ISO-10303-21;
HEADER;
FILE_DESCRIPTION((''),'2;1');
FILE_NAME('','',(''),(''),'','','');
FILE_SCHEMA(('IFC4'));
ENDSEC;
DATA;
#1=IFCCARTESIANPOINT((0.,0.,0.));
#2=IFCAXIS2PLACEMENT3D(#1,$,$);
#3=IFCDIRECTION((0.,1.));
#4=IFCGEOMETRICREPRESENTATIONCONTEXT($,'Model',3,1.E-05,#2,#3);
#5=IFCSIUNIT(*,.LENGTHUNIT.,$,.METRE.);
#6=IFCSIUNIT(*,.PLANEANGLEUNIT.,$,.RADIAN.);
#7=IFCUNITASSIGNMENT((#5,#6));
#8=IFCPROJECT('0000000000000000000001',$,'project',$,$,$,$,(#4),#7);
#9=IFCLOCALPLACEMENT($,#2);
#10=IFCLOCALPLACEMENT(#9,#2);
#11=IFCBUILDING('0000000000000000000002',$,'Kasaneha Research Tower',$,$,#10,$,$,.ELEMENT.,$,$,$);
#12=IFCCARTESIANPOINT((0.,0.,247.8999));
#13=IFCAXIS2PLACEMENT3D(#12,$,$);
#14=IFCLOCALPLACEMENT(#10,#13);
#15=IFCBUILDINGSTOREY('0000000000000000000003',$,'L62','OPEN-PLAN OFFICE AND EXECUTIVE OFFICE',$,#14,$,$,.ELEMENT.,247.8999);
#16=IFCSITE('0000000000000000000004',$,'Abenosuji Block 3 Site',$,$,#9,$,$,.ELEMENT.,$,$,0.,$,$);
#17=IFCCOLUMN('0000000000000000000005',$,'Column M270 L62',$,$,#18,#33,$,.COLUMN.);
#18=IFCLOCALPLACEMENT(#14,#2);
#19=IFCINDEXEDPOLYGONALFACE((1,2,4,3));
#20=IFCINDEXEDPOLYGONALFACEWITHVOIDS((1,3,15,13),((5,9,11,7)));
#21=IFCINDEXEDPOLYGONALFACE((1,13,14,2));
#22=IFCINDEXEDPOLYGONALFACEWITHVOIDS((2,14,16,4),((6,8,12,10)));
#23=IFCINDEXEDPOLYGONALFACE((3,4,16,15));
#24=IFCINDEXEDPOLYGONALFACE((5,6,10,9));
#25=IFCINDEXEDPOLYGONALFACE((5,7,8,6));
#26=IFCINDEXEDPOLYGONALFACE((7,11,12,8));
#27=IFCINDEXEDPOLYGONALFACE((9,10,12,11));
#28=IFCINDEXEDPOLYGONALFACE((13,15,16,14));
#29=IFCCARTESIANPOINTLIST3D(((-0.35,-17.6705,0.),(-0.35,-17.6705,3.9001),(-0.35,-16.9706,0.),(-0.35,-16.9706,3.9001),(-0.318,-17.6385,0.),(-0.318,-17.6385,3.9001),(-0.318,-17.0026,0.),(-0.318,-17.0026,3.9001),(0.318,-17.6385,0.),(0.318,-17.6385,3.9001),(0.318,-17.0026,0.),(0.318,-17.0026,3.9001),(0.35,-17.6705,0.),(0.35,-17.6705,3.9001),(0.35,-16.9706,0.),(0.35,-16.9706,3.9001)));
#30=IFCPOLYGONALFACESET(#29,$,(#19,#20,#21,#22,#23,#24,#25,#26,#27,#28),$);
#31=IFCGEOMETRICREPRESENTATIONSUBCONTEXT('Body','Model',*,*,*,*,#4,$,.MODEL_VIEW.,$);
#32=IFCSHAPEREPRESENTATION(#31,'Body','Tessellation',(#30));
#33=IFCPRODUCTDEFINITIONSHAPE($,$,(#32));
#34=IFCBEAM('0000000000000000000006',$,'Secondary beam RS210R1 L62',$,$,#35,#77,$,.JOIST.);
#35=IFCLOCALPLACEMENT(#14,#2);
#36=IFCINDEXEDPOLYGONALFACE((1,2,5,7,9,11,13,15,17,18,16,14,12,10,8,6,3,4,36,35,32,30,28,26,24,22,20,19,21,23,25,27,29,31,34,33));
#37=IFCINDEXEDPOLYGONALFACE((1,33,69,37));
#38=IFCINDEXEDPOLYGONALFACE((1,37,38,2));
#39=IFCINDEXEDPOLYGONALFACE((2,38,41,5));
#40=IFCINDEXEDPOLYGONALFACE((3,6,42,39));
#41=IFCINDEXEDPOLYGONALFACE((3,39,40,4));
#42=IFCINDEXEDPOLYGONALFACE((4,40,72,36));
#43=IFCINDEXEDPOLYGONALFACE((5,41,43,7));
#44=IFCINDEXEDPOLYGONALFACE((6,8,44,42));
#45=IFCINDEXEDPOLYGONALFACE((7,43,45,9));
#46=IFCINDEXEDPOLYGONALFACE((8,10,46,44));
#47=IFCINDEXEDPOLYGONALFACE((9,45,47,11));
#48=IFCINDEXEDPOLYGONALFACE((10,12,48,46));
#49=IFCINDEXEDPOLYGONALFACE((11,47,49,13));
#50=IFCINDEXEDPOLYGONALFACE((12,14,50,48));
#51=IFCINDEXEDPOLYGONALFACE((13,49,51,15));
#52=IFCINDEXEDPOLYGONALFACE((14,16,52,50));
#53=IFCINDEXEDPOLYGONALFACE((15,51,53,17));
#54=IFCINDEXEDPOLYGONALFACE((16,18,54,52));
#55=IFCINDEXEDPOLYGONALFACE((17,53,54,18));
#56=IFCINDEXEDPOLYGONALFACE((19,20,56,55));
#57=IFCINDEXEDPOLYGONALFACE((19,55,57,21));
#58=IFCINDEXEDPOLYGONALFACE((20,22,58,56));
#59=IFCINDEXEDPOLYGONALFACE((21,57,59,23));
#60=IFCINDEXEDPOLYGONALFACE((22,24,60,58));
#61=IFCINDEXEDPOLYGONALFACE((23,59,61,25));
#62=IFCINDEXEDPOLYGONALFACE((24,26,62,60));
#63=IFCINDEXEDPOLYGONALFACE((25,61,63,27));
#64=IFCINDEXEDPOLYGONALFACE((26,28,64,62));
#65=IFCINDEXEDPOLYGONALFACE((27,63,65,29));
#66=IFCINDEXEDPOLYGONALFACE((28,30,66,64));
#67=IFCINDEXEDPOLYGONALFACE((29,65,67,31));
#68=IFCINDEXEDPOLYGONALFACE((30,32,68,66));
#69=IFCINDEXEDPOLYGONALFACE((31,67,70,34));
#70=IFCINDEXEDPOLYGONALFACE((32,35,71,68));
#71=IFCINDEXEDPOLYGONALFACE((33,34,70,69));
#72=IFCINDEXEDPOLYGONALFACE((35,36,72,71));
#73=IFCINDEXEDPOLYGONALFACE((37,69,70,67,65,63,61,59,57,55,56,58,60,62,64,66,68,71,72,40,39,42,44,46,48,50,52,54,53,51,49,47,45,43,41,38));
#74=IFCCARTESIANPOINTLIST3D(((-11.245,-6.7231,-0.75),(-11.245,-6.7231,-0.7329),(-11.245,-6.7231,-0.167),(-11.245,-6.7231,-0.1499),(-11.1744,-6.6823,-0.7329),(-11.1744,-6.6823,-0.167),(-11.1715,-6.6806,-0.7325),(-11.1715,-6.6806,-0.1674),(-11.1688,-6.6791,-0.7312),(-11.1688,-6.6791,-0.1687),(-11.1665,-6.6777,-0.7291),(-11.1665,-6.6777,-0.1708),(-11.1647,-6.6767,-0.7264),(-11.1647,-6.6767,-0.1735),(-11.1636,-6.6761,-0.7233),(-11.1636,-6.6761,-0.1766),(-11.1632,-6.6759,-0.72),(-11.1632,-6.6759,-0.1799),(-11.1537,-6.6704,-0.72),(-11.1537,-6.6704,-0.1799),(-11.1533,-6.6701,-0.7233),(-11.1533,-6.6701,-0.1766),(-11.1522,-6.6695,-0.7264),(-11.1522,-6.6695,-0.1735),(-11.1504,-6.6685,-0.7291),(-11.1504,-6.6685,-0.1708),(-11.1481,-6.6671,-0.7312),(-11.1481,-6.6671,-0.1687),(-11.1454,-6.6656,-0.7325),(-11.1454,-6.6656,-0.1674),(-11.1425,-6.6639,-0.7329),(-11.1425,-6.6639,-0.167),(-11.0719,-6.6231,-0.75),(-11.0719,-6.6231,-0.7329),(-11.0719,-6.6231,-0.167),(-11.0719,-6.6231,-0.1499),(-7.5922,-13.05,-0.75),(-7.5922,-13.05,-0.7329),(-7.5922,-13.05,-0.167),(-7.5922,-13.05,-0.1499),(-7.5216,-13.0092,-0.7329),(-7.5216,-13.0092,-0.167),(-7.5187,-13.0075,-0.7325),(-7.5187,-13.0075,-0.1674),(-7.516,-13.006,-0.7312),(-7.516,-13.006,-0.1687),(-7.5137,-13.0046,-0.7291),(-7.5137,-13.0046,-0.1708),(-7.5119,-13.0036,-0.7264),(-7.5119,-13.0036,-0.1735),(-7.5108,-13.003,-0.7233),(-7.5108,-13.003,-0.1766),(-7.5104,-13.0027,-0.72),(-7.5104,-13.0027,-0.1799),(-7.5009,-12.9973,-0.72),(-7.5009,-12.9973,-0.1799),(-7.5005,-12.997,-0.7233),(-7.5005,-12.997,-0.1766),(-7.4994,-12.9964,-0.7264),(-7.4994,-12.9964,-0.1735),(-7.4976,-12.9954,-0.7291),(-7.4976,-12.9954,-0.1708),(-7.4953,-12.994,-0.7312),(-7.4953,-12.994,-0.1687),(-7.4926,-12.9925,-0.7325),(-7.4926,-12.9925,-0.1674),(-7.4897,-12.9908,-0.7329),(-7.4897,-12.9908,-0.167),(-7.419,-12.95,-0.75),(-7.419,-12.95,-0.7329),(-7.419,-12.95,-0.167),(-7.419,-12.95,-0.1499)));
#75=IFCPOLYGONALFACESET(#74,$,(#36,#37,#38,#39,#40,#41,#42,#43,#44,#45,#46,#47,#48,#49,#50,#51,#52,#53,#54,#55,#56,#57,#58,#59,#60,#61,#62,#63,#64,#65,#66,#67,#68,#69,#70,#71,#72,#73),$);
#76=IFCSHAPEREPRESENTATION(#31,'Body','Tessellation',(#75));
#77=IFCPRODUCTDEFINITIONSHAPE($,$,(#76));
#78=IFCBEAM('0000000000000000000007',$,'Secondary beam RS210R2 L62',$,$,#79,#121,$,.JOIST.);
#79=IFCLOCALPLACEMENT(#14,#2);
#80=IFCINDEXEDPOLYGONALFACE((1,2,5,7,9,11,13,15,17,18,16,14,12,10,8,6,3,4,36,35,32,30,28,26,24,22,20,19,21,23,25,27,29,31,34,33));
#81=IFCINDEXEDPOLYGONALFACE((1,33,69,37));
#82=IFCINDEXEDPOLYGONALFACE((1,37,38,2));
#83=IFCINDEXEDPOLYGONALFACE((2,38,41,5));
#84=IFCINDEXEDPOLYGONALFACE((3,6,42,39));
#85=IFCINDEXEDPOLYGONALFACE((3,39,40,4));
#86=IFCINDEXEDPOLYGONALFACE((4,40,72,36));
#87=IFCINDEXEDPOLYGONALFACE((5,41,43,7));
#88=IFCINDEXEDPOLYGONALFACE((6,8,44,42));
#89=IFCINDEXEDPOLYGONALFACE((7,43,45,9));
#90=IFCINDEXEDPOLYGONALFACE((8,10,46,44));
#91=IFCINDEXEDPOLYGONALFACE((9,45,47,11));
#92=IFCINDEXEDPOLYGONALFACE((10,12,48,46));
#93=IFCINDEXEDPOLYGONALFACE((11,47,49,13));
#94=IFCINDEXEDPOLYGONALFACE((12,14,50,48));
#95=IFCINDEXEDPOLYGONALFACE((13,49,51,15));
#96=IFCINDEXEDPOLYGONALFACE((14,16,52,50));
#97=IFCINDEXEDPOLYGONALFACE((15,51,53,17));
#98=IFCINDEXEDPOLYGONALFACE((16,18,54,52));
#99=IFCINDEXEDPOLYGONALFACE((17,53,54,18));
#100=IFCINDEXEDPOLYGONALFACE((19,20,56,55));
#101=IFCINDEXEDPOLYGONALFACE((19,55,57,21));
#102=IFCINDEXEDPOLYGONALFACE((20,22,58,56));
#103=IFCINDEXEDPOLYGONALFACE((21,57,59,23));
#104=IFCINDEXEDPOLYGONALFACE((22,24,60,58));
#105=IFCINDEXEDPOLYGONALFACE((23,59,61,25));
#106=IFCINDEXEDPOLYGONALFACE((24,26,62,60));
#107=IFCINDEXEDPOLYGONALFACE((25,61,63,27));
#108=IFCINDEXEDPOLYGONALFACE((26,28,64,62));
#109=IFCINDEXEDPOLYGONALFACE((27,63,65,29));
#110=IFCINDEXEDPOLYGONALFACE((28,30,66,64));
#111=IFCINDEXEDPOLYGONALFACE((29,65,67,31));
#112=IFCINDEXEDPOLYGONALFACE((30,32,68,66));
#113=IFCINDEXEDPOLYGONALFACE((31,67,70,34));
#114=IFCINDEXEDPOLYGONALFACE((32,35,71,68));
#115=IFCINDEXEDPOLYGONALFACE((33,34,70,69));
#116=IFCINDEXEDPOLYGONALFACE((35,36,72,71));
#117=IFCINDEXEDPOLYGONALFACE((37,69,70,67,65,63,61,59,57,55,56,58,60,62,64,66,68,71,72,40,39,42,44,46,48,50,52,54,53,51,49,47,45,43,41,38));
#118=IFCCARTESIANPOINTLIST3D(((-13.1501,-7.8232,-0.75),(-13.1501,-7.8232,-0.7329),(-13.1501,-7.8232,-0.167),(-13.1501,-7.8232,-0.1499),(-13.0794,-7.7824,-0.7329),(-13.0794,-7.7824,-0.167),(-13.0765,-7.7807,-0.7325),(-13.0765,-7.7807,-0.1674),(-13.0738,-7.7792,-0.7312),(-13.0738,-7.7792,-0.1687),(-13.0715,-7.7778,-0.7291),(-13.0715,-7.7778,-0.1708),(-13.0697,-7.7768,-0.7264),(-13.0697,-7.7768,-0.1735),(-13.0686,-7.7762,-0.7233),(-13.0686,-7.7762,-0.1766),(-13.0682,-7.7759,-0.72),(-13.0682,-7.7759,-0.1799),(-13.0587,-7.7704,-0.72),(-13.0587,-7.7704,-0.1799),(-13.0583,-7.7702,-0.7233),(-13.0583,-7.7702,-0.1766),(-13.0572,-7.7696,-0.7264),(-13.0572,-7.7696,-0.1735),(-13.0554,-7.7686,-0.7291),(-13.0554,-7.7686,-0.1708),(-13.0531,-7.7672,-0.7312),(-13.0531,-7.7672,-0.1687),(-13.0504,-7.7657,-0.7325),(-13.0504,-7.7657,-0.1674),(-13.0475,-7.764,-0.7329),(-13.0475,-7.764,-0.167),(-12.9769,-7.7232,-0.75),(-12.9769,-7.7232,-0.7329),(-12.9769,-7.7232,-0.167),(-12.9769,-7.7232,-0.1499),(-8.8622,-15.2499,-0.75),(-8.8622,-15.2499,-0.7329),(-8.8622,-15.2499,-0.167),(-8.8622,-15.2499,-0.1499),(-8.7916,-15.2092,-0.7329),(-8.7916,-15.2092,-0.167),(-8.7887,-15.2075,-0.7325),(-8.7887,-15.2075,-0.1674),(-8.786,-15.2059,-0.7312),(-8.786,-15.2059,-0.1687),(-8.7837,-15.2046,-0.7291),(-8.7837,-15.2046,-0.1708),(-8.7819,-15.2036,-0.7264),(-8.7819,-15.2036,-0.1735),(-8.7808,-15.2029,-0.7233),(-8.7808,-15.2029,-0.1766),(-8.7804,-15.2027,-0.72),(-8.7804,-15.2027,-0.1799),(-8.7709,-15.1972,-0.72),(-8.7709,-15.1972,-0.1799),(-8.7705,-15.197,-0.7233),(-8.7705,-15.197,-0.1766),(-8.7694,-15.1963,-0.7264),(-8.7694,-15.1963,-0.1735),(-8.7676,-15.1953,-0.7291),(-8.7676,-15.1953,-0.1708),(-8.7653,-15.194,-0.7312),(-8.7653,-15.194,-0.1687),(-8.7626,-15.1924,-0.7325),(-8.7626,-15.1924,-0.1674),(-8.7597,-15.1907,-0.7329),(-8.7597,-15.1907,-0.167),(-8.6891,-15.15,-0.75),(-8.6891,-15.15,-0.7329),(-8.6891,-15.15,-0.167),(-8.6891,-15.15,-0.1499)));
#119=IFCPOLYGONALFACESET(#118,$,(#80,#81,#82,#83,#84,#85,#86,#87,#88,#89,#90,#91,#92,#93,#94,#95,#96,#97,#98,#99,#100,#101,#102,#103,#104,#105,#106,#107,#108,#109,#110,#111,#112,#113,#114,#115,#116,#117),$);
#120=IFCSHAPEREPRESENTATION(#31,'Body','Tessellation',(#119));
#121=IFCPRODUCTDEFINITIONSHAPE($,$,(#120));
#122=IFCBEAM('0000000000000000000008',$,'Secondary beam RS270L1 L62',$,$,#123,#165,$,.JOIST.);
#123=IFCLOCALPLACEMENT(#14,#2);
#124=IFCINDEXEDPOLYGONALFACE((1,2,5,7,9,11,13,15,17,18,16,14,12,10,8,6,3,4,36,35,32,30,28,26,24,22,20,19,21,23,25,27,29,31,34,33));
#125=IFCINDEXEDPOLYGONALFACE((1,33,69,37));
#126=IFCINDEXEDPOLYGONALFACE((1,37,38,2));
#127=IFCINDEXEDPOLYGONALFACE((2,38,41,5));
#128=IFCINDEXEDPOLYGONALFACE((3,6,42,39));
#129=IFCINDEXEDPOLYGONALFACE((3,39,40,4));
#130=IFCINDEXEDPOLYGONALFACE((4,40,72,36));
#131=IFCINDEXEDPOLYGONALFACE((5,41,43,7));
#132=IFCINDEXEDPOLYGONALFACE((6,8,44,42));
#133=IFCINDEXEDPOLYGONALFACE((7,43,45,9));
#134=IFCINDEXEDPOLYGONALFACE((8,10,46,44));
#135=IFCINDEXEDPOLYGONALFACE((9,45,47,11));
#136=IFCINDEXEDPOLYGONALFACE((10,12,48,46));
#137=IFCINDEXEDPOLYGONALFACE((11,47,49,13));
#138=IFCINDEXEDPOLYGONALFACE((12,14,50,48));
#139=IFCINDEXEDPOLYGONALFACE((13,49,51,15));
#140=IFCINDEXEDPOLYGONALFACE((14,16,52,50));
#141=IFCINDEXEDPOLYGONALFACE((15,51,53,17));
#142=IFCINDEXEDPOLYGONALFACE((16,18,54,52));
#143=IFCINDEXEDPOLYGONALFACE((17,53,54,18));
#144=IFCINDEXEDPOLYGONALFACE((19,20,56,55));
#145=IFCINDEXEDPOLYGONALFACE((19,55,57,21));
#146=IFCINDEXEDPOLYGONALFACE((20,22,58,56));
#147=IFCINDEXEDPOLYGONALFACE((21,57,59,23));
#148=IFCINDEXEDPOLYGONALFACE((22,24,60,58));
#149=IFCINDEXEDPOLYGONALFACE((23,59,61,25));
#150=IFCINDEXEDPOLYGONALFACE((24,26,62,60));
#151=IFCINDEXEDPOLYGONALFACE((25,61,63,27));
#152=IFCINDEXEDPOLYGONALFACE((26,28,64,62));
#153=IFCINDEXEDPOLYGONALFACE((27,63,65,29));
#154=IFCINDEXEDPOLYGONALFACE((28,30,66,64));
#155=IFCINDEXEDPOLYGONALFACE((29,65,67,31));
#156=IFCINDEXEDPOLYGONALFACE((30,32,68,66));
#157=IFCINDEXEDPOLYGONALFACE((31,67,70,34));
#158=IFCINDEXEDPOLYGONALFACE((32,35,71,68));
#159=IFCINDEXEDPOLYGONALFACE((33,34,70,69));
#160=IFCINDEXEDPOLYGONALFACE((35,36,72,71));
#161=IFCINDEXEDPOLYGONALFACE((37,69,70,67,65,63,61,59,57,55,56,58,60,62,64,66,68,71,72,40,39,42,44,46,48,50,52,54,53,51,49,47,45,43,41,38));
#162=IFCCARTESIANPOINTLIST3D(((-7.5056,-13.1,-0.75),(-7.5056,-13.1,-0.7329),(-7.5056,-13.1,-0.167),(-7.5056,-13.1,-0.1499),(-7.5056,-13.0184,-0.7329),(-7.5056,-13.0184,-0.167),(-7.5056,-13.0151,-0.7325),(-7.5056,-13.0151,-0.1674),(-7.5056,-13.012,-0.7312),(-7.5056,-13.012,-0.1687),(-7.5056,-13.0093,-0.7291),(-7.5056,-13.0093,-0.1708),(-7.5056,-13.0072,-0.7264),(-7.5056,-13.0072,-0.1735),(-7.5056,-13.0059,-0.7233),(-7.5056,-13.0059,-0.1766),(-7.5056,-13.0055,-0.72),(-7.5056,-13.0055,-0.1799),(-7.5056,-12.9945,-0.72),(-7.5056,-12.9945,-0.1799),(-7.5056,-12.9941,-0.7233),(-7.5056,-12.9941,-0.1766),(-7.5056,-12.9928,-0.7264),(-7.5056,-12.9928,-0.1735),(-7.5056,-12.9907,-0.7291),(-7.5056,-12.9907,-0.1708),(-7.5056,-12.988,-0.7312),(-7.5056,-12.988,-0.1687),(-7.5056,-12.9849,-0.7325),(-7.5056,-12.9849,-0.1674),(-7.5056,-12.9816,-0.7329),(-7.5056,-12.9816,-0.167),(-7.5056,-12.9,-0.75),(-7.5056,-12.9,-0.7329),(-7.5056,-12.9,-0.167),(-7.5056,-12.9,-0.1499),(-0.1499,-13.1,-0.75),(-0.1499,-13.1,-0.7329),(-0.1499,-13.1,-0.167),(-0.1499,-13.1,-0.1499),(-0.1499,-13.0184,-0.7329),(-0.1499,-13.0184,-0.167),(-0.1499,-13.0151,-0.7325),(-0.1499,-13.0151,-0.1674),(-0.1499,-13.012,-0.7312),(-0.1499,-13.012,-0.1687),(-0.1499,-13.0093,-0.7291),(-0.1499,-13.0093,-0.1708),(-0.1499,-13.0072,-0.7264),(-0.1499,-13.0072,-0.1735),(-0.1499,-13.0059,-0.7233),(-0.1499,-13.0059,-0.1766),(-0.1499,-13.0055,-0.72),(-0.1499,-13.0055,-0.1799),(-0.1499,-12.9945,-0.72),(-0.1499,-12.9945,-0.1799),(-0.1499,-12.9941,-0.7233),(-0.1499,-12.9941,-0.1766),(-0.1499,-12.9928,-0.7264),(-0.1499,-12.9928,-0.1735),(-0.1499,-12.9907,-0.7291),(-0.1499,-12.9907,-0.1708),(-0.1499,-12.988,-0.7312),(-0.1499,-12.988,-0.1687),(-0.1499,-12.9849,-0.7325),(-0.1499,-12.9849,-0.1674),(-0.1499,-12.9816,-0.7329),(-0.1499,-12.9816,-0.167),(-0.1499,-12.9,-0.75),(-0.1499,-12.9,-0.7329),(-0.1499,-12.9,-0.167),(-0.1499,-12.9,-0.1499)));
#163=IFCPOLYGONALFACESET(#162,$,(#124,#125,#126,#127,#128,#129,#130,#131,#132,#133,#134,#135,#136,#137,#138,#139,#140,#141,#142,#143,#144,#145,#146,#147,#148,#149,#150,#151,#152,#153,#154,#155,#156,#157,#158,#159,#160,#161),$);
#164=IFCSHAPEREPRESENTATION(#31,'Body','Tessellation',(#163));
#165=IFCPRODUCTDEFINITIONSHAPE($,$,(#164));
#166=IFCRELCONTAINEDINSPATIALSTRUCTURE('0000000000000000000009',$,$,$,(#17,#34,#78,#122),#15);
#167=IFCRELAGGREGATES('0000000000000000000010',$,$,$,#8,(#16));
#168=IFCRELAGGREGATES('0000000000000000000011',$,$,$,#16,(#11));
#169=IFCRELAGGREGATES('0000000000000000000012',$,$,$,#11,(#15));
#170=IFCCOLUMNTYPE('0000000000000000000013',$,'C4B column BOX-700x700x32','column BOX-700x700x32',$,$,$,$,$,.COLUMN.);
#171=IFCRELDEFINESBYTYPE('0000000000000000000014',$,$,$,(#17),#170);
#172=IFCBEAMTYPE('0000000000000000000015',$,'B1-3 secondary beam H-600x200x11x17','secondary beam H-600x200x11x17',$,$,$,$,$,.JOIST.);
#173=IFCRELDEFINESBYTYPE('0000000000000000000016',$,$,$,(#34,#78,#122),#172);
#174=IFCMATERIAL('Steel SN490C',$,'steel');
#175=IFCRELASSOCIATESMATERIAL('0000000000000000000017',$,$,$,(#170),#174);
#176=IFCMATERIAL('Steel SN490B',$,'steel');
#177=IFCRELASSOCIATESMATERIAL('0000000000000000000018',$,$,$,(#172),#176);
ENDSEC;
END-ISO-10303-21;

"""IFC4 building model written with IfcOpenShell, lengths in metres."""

from ifc_helpers import new_model, si_unit, direction, frame, origin, origin_2d, place, context, subcontext, project, spatial, hollow_rectangle, i_section, extrude, material, material_profile, profile_set, type_object, element, save


model = new_model("IFC4")

# Units and contexts
model_context = context("Model", 3, precision=1e-05, world=origin(), true_north=direction((0.0, 1.0)))
body_context = subcontext(model_context, "Body", "Model", "MODEL_VIEW")
ifc_project = project(units=[si_unit("LENGTHUNIT", "METRE"), si_unit("PLANEANGLEUNIT", "RADIAN")], contexts=[model_context])

# Site, building, storey
site_placement = place(None, origin())
site = spatial("IfcSite", under=ifc_project, at=site_placement, Name="Abenosuji Block 3 Site", CompositionType="ELEMENT", RefElevation=0.0)
building_placement = place(site_placement, origin())
building = spatial("IfcBuilding", under=site, at=building_placement, Name="Kasaneha Research Tower", CompositionType="ELEMENT")
storey_placement = place(building_placement, frame((0.0, 0.0, 247.8999)))
storey = spatial("IfcBuildingStorey", under=building, at=storey_placement, Name="L62", Description="OPEN-PLAN OFFICE AND EXECUTIVE OFFICE", CompositionType="ELEMENT", Elevation=247.8999)

# Column
ifc_material_1 = material(Name="Steel SN490C", Category="steel")
ifc_material_profile_1 = material_profile(ifc_material_1, hollow_rectangle(XDim=0.7, YDim=0.7, WallThickness=0.032, at=origin_2d()), Name="BOX-700x700x32")
ifc_profile_set_1 = profile_set([ifc_material_profile_1], Name="Steel SN490C")
column_type = type_object("IfcColumnType", Name="C4B column BOX-700x700x32", Description="column BOX-700x700x32", PredefinedType="COLUMN", material=ifc_profile_set_1)
column_placement = place(storey_placement, frame((0.0, -17.3206, 0.0), z_axis=(0.0, 0.0, 1.0), x_axis=(1.0, 0.0, 0.0)))
element("IfcColumn", 1, at=column_placement, inside=storey, type_object=column_type, Name="Column M270 L62", PredefinedType="COLUMN", context=body_context, shape_type="SweptSolid", body=[
    extrude(hollow_rectangle(XDim=0.7, YDim=0.7, WallThickness=0.032, at=origin_2d()), origin(), (0.0, 0.0, 1.0), 3.9001),
])

# Beams
ifc_material_2 = material(Name="Steel SN490B", Category="steel")
ifc_material_profile_2 = material_profile(ifc_material_2, i_section(OverallWidth=0.2, OverallDepth=0.6001, WebThickness=0.011, FlangeThickness=0.0171, FilletRadius=0.0129, at=origin_2d()), Name="H-600x200x11x17")
ifc_profile_set_2 = profile_set([ifc_material_profile_2], Name="Steel SN490B")
beam_type_1 = type_object("IfcBeamType", Name="B1-3 secondary beam H-600x200x11x17", Description="secondary beam H-600x200x11x17", PredefinedType="JOIST", material=ifc_profile_set_2)
beam_1_placement = place(storey_placement, frame((-7.5056, -13.0, -0.45), z_axis=(-0.499999, 0.866026, 0.0), x_axis=(-0.866026, -0.499999, 0.0)))
element("IfcBeam", 2, at=beam_1_placement, inside=storey, type_object=beam_type_1, Name="Secondary beam RS210R1 L62", PredefinedType="JOIST", context=body_context, shape_type="SweptSolid", body=[
    extrude(i_section(OverallWidth=0.2, OverallDepth=0.6001, WebThickness=0.011, FlangeThickness=0.0171, FilletRadius=0.0129, at=origin_2d()), origin(), (0.0, 0.0, 1.0), 7.3057),
])
beam_2_placement = place(storey_placement, frame((-8.7756, -15.2, -0.45), z_axis=(-0.5, 0.866025, 0.0), x_axis=(-0.866025, -0.5, 0.0)))
element("IfcBeam", 3, at=beam_2_placement, inside=storey, type_object=beam_type_1, Name="Secondary beam RS210R2 L62", PredefinedType="JOIST", context=body_context, shape_type="SweptSolid", body=[
    extrude(i_section(OverallWidth=0.2, OverallDepth=0.6001, WebThickness=0.011, FlangeThickness=0.0171, FilletRadius=0.0129, at=origin_2d()), origin(), (0.0, 0.0, 1.0), 8.5757),
])
beam_3_placement = place(storey_placement, frame((-7.5056, -13.0, -0.45), z_axis=(1.0, 0.0, 0.0), x_axis=(0.0, 1.0, 0.0)))
element("IfcBeam", 4, at=beam_3_placement, inside=storey, type_object=beam_type_1, Name="Secondary beam RS270L1 L62", PredefinedType="JOIST", context=body_context, shape_type="SweptSolid", body=[
    extrude(i_section(OverallWidth=0.2, OverallDepth=0.6001, WebThickness=0.011, FlangeThickness=0.0171, FilletRadius=0.0129, at=origin_2d()), origin(), (0.0, 0.0, 1.0), 7.3557),
])

save(model, "model.ifc")
